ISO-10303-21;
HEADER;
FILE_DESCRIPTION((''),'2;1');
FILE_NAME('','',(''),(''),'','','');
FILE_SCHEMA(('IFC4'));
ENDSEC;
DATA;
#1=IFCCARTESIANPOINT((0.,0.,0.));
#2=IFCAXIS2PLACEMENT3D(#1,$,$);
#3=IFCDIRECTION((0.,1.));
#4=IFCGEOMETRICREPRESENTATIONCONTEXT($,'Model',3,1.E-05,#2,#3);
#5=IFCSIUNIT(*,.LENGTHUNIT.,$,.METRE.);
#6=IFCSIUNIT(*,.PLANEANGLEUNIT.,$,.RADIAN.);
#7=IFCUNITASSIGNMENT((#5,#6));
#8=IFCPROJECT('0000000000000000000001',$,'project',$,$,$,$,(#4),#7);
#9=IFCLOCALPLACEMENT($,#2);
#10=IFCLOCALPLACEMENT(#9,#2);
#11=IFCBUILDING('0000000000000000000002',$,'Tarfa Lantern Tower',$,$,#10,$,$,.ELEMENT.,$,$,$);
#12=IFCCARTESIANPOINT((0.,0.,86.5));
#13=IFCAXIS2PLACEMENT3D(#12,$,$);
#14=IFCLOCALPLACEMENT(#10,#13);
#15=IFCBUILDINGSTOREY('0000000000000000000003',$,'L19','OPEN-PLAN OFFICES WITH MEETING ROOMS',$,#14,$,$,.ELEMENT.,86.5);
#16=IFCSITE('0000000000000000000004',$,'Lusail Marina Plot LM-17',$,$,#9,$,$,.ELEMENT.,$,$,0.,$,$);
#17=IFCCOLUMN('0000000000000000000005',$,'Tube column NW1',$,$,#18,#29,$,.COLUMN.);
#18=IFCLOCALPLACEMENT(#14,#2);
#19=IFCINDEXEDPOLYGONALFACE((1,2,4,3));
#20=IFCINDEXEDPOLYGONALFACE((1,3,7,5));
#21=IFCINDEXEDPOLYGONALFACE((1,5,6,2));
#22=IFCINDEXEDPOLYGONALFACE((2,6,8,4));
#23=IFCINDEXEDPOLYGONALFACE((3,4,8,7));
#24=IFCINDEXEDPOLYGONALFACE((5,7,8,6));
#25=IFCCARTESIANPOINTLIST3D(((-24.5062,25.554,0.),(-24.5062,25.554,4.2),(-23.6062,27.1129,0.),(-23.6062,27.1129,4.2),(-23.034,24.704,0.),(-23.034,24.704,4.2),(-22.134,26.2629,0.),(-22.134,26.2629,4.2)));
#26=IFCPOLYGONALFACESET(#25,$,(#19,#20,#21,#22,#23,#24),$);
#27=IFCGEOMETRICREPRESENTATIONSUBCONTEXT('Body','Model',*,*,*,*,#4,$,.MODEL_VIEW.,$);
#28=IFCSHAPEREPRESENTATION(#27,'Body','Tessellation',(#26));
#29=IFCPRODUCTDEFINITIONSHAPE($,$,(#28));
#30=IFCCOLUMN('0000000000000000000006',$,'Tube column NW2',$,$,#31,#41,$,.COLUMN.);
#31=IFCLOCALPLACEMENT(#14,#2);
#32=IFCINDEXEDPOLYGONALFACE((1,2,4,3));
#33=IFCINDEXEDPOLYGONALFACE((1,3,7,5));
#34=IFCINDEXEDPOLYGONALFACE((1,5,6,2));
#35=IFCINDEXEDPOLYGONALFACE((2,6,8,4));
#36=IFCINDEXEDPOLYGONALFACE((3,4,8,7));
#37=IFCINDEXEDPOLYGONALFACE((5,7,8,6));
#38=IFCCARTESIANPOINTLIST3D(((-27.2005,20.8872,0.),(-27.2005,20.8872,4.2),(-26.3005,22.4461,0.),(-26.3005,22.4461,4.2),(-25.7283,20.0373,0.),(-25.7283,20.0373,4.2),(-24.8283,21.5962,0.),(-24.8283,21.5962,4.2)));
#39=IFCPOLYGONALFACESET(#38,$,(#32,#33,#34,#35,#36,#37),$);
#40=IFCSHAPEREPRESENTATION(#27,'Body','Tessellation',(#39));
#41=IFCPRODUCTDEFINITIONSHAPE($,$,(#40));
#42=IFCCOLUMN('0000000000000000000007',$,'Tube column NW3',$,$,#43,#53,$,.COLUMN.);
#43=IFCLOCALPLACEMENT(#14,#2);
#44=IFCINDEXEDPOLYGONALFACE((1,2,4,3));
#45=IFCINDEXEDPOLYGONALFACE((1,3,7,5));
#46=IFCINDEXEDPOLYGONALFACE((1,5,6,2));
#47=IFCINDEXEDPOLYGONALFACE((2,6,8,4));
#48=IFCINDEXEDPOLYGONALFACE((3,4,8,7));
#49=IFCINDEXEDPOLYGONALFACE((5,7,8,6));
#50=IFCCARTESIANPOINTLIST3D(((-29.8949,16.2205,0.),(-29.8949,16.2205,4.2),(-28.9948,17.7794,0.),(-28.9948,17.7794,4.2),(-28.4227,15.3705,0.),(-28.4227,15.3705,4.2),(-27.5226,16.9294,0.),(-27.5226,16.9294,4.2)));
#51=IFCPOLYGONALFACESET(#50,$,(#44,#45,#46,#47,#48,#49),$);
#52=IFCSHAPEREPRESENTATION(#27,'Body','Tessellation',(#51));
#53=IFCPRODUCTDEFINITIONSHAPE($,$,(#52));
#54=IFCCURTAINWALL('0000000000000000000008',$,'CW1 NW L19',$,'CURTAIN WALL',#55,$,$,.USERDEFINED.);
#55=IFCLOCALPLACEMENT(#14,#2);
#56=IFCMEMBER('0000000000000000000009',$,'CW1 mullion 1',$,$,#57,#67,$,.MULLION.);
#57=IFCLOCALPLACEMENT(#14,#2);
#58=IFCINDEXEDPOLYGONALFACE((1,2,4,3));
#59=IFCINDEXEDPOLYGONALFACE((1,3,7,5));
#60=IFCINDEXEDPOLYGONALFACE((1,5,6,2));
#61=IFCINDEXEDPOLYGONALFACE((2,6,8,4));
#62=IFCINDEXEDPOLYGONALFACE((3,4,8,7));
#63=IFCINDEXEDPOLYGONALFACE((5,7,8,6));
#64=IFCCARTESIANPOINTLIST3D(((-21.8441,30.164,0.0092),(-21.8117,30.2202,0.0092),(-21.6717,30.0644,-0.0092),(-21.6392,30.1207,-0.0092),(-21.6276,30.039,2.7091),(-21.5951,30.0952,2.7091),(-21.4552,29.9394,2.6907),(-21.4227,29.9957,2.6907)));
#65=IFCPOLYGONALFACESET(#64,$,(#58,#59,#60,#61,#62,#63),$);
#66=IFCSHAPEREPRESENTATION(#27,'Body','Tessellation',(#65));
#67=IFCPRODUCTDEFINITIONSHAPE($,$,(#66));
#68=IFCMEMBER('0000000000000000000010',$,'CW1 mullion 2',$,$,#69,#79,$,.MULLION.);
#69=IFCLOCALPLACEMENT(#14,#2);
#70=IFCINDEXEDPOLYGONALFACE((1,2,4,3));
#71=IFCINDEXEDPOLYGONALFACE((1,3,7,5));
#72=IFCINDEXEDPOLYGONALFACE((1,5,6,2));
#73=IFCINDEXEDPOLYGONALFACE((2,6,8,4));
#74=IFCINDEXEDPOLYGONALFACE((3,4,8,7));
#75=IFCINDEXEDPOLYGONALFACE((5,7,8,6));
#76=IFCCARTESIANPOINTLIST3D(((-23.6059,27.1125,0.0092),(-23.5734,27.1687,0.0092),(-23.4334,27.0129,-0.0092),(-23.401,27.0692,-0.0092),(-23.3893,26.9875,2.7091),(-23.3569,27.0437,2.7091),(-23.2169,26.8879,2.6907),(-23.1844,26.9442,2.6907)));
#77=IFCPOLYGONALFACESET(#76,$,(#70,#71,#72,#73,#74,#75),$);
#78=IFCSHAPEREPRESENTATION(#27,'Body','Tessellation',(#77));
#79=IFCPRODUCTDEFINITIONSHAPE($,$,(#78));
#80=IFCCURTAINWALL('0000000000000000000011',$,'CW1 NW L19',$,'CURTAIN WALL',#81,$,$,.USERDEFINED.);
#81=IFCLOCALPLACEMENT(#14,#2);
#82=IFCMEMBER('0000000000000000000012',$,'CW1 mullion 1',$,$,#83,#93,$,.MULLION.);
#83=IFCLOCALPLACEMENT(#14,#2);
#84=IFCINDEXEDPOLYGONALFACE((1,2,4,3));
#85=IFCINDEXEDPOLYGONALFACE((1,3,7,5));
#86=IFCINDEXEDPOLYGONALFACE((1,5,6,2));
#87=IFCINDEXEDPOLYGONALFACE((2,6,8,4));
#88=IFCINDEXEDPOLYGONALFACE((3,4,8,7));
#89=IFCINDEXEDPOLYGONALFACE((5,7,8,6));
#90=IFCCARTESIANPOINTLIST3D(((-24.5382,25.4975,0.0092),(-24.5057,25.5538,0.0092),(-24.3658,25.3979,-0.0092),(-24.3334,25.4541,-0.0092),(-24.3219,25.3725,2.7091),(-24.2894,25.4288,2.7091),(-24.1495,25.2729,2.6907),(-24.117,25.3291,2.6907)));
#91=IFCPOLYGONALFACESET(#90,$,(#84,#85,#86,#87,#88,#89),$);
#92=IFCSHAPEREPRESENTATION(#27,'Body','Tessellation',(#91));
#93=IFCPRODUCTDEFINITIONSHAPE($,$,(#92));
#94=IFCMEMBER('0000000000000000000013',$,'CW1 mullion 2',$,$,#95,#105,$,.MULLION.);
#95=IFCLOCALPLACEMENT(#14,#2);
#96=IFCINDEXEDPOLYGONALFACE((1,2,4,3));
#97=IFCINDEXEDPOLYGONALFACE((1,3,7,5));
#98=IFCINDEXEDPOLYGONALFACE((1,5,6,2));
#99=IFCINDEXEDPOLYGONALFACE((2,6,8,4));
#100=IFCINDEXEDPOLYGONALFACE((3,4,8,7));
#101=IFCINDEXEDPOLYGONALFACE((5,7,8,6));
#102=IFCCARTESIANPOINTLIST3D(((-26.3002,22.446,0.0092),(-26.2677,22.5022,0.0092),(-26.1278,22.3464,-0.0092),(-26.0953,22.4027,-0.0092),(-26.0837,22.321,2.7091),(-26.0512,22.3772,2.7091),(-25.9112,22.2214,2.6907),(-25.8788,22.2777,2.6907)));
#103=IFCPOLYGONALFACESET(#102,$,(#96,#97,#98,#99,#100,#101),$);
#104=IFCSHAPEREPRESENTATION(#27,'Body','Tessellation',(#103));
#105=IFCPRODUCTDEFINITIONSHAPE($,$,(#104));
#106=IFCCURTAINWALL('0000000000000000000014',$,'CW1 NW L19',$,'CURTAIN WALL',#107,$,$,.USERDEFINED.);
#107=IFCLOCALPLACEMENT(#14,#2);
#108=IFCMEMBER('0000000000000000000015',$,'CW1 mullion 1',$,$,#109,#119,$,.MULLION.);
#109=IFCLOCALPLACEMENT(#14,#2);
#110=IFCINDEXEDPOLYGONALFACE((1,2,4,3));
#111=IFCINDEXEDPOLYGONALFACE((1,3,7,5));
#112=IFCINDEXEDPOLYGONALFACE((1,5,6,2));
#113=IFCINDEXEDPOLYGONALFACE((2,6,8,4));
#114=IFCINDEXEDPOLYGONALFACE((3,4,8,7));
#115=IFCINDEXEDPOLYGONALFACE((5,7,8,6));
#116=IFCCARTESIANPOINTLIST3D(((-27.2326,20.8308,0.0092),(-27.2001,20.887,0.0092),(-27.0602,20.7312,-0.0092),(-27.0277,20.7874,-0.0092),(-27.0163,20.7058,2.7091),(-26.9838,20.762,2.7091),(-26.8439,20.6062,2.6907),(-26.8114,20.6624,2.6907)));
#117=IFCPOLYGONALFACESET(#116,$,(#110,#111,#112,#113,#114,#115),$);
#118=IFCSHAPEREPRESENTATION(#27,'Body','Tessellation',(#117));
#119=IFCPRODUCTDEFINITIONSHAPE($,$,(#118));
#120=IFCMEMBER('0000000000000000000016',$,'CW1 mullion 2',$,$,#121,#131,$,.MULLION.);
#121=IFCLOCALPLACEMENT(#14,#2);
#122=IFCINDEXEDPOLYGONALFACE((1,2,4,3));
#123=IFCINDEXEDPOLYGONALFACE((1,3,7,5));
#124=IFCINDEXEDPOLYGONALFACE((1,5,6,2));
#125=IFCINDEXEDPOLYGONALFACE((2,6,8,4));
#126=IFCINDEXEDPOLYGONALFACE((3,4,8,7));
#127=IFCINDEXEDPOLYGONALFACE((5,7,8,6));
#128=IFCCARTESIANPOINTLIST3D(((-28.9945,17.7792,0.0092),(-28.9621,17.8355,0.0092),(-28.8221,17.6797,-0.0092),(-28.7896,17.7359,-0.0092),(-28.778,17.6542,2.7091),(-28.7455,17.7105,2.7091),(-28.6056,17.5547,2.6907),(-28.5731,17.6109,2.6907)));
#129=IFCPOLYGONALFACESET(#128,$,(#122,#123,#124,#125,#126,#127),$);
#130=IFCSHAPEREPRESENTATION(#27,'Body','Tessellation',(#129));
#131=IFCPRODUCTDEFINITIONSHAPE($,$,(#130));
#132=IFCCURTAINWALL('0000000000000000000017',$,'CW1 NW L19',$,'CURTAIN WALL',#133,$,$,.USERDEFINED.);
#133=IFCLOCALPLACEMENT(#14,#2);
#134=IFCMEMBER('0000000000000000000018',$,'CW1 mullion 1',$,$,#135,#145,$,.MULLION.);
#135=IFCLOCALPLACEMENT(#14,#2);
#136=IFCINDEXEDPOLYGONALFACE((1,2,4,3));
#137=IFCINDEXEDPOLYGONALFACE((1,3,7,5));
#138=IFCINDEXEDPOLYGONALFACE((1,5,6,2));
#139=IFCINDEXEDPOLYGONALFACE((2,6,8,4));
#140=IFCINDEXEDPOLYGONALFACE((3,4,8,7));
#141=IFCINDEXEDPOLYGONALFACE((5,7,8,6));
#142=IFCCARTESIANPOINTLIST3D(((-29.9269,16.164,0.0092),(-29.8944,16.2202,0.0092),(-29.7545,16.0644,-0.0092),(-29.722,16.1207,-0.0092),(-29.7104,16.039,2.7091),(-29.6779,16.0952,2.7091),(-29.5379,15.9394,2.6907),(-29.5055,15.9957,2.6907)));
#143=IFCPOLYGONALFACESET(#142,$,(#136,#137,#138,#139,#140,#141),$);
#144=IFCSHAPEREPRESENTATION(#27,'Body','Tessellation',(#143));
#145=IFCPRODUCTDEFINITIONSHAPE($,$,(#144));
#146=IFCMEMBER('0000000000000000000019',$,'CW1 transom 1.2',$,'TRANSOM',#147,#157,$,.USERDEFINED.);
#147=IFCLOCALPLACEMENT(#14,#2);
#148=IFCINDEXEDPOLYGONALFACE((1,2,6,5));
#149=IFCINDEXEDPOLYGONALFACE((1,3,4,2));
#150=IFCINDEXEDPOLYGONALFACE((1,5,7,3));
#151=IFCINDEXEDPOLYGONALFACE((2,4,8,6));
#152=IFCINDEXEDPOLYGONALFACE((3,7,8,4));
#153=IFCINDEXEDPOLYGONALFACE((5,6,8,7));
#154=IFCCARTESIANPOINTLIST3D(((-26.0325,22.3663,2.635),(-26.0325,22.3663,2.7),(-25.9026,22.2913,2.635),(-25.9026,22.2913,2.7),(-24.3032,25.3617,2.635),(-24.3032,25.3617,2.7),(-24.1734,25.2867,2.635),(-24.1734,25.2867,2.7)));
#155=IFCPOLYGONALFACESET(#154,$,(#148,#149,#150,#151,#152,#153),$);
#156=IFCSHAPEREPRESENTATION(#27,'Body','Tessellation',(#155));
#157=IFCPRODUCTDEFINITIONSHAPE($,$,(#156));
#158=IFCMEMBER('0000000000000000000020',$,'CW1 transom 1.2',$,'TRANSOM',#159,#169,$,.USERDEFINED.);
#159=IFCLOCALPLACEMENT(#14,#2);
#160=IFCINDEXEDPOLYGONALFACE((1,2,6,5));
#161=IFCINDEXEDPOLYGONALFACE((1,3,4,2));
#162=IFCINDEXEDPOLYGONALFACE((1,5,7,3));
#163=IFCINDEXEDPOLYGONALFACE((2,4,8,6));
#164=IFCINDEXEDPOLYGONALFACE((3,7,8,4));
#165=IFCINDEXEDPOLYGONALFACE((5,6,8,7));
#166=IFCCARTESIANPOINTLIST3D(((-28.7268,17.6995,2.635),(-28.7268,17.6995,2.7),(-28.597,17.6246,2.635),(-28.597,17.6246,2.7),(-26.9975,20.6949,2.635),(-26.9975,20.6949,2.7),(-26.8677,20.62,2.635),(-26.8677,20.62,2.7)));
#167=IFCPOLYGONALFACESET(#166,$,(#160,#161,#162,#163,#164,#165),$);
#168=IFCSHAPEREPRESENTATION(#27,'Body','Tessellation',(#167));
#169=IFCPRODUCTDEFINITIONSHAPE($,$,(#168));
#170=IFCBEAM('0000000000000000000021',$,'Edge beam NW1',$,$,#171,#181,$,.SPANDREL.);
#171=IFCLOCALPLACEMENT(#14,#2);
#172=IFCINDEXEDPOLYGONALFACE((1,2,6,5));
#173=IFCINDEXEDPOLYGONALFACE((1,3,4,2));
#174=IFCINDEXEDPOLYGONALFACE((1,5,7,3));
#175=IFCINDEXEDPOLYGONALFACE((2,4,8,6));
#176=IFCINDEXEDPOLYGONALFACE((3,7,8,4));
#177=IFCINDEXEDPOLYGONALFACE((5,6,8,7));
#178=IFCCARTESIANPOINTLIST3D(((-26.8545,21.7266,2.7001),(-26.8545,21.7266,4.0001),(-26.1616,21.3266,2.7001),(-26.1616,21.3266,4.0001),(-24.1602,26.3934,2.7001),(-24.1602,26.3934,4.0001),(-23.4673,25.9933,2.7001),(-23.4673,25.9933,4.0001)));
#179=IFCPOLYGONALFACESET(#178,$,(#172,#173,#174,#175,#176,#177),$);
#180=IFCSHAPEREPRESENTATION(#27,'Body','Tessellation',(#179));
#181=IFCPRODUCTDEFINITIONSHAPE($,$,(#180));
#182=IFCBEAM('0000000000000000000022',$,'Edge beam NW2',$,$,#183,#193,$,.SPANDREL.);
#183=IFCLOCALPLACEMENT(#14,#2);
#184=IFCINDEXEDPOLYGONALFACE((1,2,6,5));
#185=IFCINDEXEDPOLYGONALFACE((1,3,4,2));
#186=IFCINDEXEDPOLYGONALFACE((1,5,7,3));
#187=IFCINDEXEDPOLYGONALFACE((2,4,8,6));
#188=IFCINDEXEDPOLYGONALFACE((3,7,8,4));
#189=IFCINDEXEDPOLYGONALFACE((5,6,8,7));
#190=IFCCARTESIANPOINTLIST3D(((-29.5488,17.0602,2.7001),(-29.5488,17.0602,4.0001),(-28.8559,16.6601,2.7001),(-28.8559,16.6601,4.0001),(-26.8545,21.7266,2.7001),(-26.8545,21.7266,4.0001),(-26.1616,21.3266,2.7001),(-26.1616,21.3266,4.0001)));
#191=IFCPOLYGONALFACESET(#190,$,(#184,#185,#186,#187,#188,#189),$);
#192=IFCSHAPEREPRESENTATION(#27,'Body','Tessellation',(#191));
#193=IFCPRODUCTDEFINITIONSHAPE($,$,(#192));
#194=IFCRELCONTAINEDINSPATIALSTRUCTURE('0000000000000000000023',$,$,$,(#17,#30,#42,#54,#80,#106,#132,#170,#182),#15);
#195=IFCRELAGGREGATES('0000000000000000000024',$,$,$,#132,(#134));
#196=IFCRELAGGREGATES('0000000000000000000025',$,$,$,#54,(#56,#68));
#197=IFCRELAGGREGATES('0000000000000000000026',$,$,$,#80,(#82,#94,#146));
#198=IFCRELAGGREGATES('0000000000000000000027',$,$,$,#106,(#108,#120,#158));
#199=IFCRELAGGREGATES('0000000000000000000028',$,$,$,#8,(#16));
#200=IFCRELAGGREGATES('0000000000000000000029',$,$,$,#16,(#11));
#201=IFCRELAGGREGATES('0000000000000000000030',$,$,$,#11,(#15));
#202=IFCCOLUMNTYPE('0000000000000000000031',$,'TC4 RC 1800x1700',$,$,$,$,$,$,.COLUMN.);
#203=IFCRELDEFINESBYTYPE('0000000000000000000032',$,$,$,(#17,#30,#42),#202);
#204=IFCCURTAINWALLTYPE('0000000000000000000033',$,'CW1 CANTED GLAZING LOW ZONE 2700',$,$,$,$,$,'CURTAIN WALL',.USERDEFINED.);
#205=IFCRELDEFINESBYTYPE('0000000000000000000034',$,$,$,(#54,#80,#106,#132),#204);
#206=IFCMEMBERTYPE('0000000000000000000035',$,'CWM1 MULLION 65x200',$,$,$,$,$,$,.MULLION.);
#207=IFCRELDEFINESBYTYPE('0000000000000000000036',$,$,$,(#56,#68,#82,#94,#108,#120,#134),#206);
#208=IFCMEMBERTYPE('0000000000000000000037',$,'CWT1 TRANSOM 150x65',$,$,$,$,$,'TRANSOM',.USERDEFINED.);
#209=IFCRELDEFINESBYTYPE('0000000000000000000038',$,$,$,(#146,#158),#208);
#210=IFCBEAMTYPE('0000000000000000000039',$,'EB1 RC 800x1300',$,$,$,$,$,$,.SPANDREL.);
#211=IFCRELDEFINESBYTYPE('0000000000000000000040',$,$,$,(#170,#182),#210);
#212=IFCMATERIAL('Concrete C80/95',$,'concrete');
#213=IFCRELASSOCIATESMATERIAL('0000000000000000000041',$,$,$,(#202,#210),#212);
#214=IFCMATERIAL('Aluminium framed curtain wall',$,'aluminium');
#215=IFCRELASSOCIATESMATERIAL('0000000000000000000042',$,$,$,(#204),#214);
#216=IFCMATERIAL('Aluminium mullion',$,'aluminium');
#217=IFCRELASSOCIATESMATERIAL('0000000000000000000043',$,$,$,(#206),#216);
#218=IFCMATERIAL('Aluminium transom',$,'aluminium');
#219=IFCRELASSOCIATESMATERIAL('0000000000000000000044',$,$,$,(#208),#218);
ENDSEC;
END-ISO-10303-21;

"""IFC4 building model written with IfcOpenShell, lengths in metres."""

from ifc_helpers import new_model, si_unit, direction, frame, origin, origin_2d, place, context, subcontext, project, spatial, rectangle, extrude, material, material_profile, profile_set, type_object, element, aggregate, save


model = new_model("IFC4")

# Units and contexts
model_context = context("Model", 3, precision=1e-05, world=origin(), true_north=direction((0.0, 1.0)))
body_context = subcontext(model_context, "Body", "Model", "MODEL_VIEW")
ifc_project = project(units=[si_unit("LENGTHUNIT", "METRE"), si_unit("PLANEANGLEUNIT", "RADIAN")], contexts=[model_context])

# Site, building, storey
site_placement = place(None, origin())
site = spatial("IfcSite", under=ifc_project, at=site_placement, Name="Lusail Marina Plot LM-17", CompositionType="ELEMENT", RefElevation=0.0)
building_placement = place(site_placement, origin())
building = spatial("IfcBuilding", under=site, at=building_placement, Name="Tarfa Lantern Tower", CompositionType="ELEMENT")
storey_placement = place(building_placement, frame((0.0, 0.0, 86.5)))
storey = spatial("IfcBuildingStorey", under=building, at=storey_placement, Name="L19", Description="OPEN-PLAN OFFICES WITH MEETING ROOMS", CompositionType="ELEMENT", Elevation=86.5)

# Columns
ifc_material_1 = material(Name="Concrete C80/95", Category="concrete")
ifc_material_profile_1 = material_profile(ifc_material_1, rectangle(XDim=1.8, YDim=1.7, at=origin_2d()), Name="RC 1800x1700")
ifc_profile_set_1 = profile_set([ifc_material_profile_1], Name="Concrete C80/95")
column_type = type_object("IfcColumnType", Name="TC4 RC 1800x1700", PredefinedType="COLUMN", material=ifc_profile_set_1)
for number, where, z_axis, x_axis, name in (
    (1, (-23.3201, 25.9084, 0.0), (0.0, 0.0, 1.0), (-0.5, -0.866025, 0.0), "Tube column NW1"),
    (2, (-26.0144, 21.2417, 0.0), (0.0, 0.0, 1.0), (-0.5, -0.866025, 0.0), "Tube column NW2"),
    (3, (-28.7087, 16.575, 0.0), (0.0, 0.0, 1.0), (-0.5, -0.866025, 0.0), "Tube column NW3"),
):
    element("IfcColumn", number, at=place(storey_placement, frame(where, z_axis=z_axis, x_axis=x_axis)), inside=storey, type_object=column_type, Name=name, PredefinedType="COLUMN", context=body_context, shape_type="SweptSolid", body=[
        extrude(rectangle(XDim=1.8, YDim=1.7, at=origin_2d()), origin(), (0.0, 0.0, 1.0), 4.2),
    ])

# Curtain walls, members
ifc_material_2 = material(Name="Aluminium framed curtain wall", Category="aluminium")
curtain_wall_type = type_object("IfcCurtainWallType", Name="CW1 CANTED GLAZING LOW ZONE 2700", ElementType="CURTAIN WALL", PredefinedType="USERDEFINED", material=ifc_material_2)
curtain_wall_1_placement = place(storey_placement, origin())
curtain_wall_1 = element("IfcCurtainWall", 4, at=curtain_wall_1_placement, inside=storey, type_object=curtain_wall_type, Name="CW1 NW L19", ObjectType="CURTAIN WALL", PredefinedType="USERDEFINED")
ifc_material_3 = material(Name="Aluminium mullion", Category="aluminium")
ifc_material_profile_2 = material_profile(ifc_material_3, rectangle(XDim=0.0649, YDim=0.2, at=origin_2d()), Name="AL MULLION 65x200")
ifc_profile_set_2 = profile_set([ifc_material_profile_2], Name="Aluminium mullion")
member_type_1 = type_object("IfcMemberType", Name="CWM1 MULLION 65x200", PredefinedType="MULLION", material=ifc_profile_set_2)
member_1_placement = place(storey_placement, frame((-21.7417, 30.1423, 0.0), z_axis=(0.079864, -0.0461, 0.995739), x_axis=(0.49992, 0.866072, 0.0)))
member_1 = element("IfcMember", 5, at=member_1_placement, type_object=member_type_1, Name="CW1 mullion 1", PredefinedType="MULLION", context=body_context, shape_type="SweptSolid", body=[
    extrude(rectangle(XDim=0.0649, YDim=0.2, at=origin_2d()), origin(), (0.0, 0.0, 1.0), 2.7114),
])
member_2_placement = place(storey_placement, frame((-23.5034, 27.0908, 0.0), z_axis=(0.079864, -0.0461, 0.995739), x_axis=(0.49992, 0.866072, 0.0)))
member_2 = element("IfcMember", 6, at=member_2_placement, type_object=member_type_1, Name="CW1 mullion 2", PredefinedType="MULLION", context=body_context, shape_type="SweptSolid", body=[
    extrude(rectangle(XDim=0.0649, YDim=0.2, at=origin_2d()), origin(), (0.0, 0.0, 1.0), 2.7114),
])
curtain_wall_2_placement = place(storey_placement, origin())
curtain_wall_2 = element("IfcCurtainWall", 7, at=curtain_wall_2_placement, inside=storey, type_object=curtain_wall_type, Name="CW1 NW L19", ObjectType="CURTAIN WALL", PredefinedType="USERDEFINED")
member_3_placement = place(storey_placement, frame((-24.4358, 25.4758, 0.0), z_axis=(0.079775, -0.0461, 0.995746), x_axis=(0.500343, 0.865827, 0.0)))
member_3 = element("IfcMember", 8, at=member_3_placement, type_object=member_type_1, Name="CW1 mullion 1", PredefinedType="MULLION", context=body_context, shape_type="SweptSolid", body=[
    extrude(rectangle(XDim=0.0649, YDim=0.2, at=origin_2d()), origin(), (0.0, 0.0, 1.0), 2.7114),
])
member_4_placement = place(storey_placement, frame((-26.1978, 22.4243, 0.0), z_axis=(0.079864, -0.0461, 0.995739), x_axis=(0.49992, 0.866072, 0.0)))
member_4 = element("IfcMember", 9, at=member_4_placement, type_object=member_type_1, Name="CW1 mullion 2", PredefinedType="MULLION", context=body_context, shape_type="SweptSolid", body=[
    extrude(rectangle(XDim=0.0649, YDim=0.2, at=origin_2d()), origin(), (0.0, 0.0, 1.0), 2.7114),
])
curtain_wall_3_placement = place(storey_placement, origin())
curtain_wall_3 = element("IfcCurtainWall", 10, at=curtain_wall_3_placement, inside=storey, type_object=curtain_wall_type, Name="CW1 NW L19", ObjectType="CURTAIN WALL", PredefinedType="USERDEFINED")
member_5_placement = place(storey_placement, frame((-27.1301, 20.8091, 0.0), z_axis=(0.079775, -0.0461, 0.995746), x_axis=(0.500343, 0.865827, 0.0)))
member_5 = element("IfcMember", 11, at=member_5_placement, type_object=member_type_1, Name="CW1 mullion 1", PredefinedType="MULLION", context=body_context, shape_type="SweptSolid", body=[
    extrude(rectangle(XDim=0.0649, YDim=0.2, at=origin_2d()), origin(), (0.0, 0.0, 1.0), 2.7114),
])
member_6_placement = place(storey_placement, frame((-28.8921, 17.7576, 0.0), z_axis=(0.079864, -0.0461, 0.995739), x_axis=(0.49992, 0.866072, 0.0)))
member_6 = element("IfcMember", 12, at=member_6_placement, type_object=member_type_1, Name="CW1 mullion 2", PredefinedType="MULLION", context=body_context, shape_type="SweptSolid", body=[
    extrude(rectangle(XDim=0.0649, YDim=0.2, at=origin_2d()), origin(), (0.0, 0.0, 1.0), 2.7114),
])

# Curtain wall, member
curtain_wall_4_placement = place(storey_placement, origin())
curtain_wall_4 = element("IfcCurtainWall", 13, at=curtain_wall_4_placement, inside=storey, type_object=curtain_wall_type, Name="CW1 NW L19", ObjectType="CURTAIN WALL", PredefinedType="USERDEFINED")
member_7_placement = place(storey_placement, frame((-29.8245, 16.1423, 0.0), z_axis=(0.079864, -0.0461, 0.995739), x_axis=(0.49992, 0.866072, 0.0)))
member_7 = element("IfcMember", 14, at=member_7_placement, type_object=member_type_1, Name="CW1 mullion 1", PredefinedType="MULLION", context=body_context, shape_type="SweptSolid", body=[
    extrude(rectangle(XDim=0.0649, YDim=0.2, at=origin_2d()), origin(), (0.0, 0.0, 1.0), 2.7114),
])
aggregate(curtain_wall_4, [member_7])

# Members
ifc_material_4 = material(Name="Aluminium transom", Category="aluminium")
ifc_material_profile_3 = material_profile(ifc_material_4, rectangle(XDim=0.1499, YDim=0.0649, at=origin_2d()), Name="AL TRANSOM 150x65")
ifc_profile_set_3 = profile_set([ifc_material_profile_3], Name="Aluminium transom")
member_type_2 = type_object("IfcMemberType", Name="CWT1 TRANSOM 150x65", ElementType="TRANSOM", PredefinedType="USERDEFINED", material=ifc_profile_set_3)
member_8_placement = place(storey_placement, frame((-24.2383, 25.3242, 2.6675), z_axis=(-0.499973, -0.866041, 0.0), x_axis=(0.866041, -0.499973, 0.0)))
member_8 = element("IfcMember", 15, at=member_8_placement, type_object=member_type_2, Name="CW1 transom 1.2", ObjectType="TRANSOM", PredefinedType="USERDEFINED", context=body_context, shape_type="SweptSolid", body=[
    extrude(rectangle(XDim=0.1499, YDim=0.0649, at=origin_2d()), origin(), (0.0, 0.0, 1.0), 3.4587),
])
member_9_placement = place(storey_placement, frame((-26.9326, 20.6575, 2.6675), z_axis=(-0.499973, -0.866041, 0.0), x_axis=(0.866041, -0.499973, 0.0)))
member_9 = element("IfcMember", 16, at=member_9_placement, type_object=member_type_2, Name="CW1 transom 1.2", ObjectType="TRANSOM", PredefinedType="USERDEFINED", context=body_context, shape_type="SweptSolid", body=[
    extrude(rectangle(XDim=0.1499, YDim=0.0649, at=origin_2d()), origin(), (0.0, 0.0, 1.0), 3.4587),
])

# Beams
ifc_material_profile_4 = material_profile(ifc_material_1, rectangle(XDim=0.8, YDim=1.3, at=origin_2d()), Name="RC 800x1300")
ifc_profile_set_4 = profile_set([ifc_material_profile_4], Name="Concrete C80/95")
beam_type_1 = type_object("IfcBeamType", Name="EB1 RC 800x1300", PredefinedType="SPANDREL", material=ifc_profile_set_4)
beam_1_placement = place(storey_placement, frame((-23.8137, 26.1934, 3.3501), z_axis=(-0.499998, -0.866026, 0.0), x_axis=(0.866026, -0.499998, 0.0)))
element("IfcBeam", 17, at=beam_1_placement, inside=storey, type_object=beam_type_1, Name="Edge beam NW1", PredefinedType="SPANDREL", context=body_context, shape_type="SweptSolid", body=[
    extrude(rectangle(XDim=0.8, YDim=1.3, at=origin_2d()), origin(), (0.0, 0.0, 1.0), 5.3887),
])
beam_2_placement = place(storey_placement, frame((-26.5081, 21.5266, 3.3501), z_axis=(-0.500018, -0.866015, 0.0), x_axis=(0.866015, -0.500018, 0.0)))
element("IfcBeam", 18, at=beam_2_placement, inside=storey, type_object=beam_type_1, Name="Edge beam NW2", PredefinedType="SPANDREL", context=body_context, shape_type="SweptSolid", body=[
    extrude(rectangle(XDim=0.8, YDim=1.3, at=origin_2d()), origin(), (0.0, 0.0, 1.0), 5.3884),
])

aggregate(curtain_wall_1, [member_1, member_2])
aggregate(curtain_wall_2, [member_3, member_4, member_8])
aggregate(curtain_wall_3, [member_5, member_6, member_9])

save(model, "model.ifc")
